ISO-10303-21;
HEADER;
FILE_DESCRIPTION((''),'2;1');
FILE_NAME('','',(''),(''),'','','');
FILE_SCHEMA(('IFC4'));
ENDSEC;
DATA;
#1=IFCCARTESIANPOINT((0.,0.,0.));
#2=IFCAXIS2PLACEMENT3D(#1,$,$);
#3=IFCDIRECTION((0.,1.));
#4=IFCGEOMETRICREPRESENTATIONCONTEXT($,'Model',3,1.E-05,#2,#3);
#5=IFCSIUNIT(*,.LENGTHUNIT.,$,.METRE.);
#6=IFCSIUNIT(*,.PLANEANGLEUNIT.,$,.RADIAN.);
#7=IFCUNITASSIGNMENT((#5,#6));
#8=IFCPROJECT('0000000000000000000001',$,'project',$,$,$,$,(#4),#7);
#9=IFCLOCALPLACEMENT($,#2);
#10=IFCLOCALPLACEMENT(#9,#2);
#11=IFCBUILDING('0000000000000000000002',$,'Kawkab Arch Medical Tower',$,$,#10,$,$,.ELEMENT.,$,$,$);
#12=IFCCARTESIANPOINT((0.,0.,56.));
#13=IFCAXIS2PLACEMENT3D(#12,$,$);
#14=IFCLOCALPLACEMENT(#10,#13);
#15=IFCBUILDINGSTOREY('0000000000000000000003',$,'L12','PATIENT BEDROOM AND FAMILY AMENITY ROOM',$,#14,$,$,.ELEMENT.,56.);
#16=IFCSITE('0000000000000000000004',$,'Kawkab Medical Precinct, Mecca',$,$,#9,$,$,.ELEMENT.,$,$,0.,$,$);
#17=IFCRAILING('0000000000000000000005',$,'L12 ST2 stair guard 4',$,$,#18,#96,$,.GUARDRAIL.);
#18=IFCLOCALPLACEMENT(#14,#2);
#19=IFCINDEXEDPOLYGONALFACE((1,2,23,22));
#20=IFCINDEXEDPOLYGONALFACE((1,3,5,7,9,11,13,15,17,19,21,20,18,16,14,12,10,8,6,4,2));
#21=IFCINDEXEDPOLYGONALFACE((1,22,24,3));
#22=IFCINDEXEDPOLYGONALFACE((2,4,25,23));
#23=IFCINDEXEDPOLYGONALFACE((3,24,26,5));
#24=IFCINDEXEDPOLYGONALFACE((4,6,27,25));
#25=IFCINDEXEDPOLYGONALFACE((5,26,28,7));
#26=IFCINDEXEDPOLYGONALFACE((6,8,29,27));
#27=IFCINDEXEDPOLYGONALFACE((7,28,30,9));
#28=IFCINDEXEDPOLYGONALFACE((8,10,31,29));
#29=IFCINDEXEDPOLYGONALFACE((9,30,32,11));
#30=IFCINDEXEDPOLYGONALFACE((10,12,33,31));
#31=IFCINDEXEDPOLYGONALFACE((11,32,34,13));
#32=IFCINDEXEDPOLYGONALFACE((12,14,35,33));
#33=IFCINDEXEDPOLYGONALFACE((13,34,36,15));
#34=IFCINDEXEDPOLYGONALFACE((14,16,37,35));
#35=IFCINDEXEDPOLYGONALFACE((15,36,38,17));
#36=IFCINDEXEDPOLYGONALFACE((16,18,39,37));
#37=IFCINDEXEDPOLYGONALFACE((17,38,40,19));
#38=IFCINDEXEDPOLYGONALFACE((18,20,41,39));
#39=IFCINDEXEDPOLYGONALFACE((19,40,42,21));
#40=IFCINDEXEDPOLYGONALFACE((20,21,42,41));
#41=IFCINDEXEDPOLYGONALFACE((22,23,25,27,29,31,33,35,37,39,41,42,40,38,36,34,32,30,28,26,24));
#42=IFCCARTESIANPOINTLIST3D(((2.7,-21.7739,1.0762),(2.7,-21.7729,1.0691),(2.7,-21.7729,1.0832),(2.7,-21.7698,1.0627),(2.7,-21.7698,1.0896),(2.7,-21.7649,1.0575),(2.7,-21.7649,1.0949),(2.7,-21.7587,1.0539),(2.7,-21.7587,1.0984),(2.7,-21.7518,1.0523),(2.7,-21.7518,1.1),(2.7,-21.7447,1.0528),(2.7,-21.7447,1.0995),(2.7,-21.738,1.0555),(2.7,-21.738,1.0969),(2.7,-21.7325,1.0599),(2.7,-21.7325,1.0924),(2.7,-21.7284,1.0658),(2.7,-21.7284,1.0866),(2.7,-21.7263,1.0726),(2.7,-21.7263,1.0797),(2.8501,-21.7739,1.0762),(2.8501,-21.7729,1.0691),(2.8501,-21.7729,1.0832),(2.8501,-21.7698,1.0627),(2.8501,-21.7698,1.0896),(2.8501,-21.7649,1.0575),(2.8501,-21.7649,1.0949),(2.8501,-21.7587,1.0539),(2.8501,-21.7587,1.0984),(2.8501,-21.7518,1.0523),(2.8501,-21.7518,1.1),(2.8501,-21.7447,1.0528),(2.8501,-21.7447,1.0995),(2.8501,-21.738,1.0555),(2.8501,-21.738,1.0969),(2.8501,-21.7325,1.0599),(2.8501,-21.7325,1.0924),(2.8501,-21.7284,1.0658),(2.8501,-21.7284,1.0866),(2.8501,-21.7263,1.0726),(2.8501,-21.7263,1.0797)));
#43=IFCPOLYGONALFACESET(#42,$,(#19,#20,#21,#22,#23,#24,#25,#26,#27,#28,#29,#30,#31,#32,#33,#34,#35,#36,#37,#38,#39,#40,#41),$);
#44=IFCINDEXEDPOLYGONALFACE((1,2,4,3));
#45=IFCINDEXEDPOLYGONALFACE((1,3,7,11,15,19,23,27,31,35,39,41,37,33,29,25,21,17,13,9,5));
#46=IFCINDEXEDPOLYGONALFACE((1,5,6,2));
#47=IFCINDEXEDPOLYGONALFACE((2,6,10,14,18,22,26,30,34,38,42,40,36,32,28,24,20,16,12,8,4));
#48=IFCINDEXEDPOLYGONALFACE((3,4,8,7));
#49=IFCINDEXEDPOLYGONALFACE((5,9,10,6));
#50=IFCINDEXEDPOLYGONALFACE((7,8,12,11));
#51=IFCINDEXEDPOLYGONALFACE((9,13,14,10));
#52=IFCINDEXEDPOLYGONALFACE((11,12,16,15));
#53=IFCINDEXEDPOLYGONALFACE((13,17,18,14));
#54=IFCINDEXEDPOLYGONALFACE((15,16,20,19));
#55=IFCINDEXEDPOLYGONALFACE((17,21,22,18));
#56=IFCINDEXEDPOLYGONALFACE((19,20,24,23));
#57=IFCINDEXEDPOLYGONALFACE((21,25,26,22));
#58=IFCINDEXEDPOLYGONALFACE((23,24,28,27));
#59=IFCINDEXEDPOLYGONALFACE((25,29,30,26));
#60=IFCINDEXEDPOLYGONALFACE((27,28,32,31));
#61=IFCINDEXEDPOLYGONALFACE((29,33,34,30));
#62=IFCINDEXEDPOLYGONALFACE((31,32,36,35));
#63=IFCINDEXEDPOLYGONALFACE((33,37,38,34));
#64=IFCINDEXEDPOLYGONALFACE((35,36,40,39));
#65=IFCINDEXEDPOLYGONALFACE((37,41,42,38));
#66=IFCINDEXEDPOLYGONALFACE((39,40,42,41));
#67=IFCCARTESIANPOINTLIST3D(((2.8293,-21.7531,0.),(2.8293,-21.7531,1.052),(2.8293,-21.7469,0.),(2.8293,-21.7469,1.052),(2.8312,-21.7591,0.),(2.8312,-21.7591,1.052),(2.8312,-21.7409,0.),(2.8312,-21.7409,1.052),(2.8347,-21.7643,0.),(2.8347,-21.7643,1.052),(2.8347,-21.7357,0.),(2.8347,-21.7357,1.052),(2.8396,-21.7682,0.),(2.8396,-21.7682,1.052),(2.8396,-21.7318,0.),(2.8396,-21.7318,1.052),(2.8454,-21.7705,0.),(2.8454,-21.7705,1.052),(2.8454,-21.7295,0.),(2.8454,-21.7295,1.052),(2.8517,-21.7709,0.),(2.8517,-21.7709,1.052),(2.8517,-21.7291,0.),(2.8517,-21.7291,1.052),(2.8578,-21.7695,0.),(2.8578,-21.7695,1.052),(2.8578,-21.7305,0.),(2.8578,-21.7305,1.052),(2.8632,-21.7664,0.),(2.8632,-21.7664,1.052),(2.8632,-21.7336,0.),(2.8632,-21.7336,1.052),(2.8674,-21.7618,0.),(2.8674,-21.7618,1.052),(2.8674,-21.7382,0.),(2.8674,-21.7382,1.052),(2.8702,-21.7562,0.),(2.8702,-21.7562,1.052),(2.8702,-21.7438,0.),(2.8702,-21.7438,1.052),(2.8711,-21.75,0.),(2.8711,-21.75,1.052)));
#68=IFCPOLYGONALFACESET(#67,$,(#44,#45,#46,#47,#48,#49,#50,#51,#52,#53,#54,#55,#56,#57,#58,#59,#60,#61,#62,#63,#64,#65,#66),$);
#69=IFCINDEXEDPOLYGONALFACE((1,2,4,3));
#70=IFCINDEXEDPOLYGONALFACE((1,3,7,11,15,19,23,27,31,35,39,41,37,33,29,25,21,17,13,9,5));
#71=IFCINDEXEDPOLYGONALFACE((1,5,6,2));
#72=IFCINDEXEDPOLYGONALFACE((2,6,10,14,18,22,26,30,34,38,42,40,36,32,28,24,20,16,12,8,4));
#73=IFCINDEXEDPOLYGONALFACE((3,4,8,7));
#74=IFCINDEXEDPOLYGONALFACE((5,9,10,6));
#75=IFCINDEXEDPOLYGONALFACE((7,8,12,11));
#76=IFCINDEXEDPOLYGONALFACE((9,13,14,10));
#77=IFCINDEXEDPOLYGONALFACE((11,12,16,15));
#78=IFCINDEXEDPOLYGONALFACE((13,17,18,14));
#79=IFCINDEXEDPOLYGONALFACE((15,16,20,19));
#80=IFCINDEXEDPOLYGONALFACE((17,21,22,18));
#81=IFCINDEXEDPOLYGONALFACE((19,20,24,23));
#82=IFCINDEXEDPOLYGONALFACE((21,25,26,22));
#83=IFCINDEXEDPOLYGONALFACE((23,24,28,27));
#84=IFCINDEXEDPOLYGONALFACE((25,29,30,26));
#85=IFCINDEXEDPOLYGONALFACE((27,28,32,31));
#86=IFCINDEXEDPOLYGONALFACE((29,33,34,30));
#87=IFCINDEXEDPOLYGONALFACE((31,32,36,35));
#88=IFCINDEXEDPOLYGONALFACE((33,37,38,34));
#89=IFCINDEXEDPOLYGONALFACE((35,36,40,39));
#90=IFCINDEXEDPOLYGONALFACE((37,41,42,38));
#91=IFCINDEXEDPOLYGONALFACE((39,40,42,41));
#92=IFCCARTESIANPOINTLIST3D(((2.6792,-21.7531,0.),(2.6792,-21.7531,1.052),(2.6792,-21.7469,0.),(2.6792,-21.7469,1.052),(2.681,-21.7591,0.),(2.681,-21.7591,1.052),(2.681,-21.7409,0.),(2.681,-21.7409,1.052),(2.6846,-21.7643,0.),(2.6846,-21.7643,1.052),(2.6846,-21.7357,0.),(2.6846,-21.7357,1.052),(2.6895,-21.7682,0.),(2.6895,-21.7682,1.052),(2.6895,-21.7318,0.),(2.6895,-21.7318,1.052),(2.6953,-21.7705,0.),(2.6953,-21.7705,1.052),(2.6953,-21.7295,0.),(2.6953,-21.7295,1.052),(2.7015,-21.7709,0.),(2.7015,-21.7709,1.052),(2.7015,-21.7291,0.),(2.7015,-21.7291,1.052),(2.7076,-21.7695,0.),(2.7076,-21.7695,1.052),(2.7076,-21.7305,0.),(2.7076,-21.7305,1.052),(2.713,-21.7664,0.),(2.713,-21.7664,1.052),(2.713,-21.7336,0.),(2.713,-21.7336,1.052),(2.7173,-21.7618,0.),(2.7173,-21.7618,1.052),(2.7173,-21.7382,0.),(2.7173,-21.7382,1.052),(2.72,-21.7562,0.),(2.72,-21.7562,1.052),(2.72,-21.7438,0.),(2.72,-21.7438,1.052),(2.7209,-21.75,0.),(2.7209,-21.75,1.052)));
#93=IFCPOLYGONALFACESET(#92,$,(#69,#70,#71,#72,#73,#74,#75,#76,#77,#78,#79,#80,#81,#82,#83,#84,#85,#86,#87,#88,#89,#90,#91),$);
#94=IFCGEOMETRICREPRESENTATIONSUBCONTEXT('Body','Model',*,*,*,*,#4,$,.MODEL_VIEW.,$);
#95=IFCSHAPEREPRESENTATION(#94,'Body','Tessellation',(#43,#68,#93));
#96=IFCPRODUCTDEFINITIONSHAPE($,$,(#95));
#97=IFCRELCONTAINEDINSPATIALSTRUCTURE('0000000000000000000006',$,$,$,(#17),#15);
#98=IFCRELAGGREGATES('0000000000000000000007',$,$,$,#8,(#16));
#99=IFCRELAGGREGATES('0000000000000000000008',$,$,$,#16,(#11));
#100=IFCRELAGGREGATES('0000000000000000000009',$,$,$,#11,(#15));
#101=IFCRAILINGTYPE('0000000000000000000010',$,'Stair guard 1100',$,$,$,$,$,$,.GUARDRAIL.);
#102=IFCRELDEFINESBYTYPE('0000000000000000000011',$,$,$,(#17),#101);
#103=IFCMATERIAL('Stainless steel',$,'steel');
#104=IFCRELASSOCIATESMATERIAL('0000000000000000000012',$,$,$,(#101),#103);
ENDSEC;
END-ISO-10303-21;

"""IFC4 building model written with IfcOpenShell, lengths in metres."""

from ifc_helpers import new_model, si_unit, direction, frame, origin, origin_2d, place, context, subcontext, project, spatial, circle, extrude, material, type_object, element, save


model = new_model("IFC4")

# Units and contexts
model_context = context("Model", 3, precision=1e-05, world=origin(), true_north=direction((0.0, 1.0)))
body_context = subcontext(model_context, "Body", "Model", "MODEL_VIEW")
ifc_project = project(units=[si_unit("LENGTHUNIT", "METRE"), si_unit("PLANEANGLEUNIT", "RADIAN")], contexts=[model_context])

# Site, building, storey
site_placement = place(None, origin())
site = spatial("IfcSite", under=ifc_project, at=site_placement, Name="Kawkab Medical Precinct, Mecca", CompositionType="ELEMENT", RefElevation=0.0)
building_placement = place(site_placement, origin())
building = spatial("IfcBuilding", under=site, at=building_placement, Name="Kawkab Arch Medical Tower", CompositionType="ELEMENT")
storey_placement = place(building_placement, frame((0.0, 0.0, 56.0)))
storey = spatial("IfcBuildingStorey", under=building, at=storey_placement, Name="L12", Description="PATIENT BEDROOM AND FAMILY AMENITY ROOM", CompositionType="ELEMENT", Elevation=56.0)

# Railing
ifc_material_1 = material(Name="Stainless steel", Category="steel")
railing_type = type_object("IfcRailingType", Name="Stair guard 1100", PredefinedType="GUARDRAIL", material=ifc_material_1)
railing_1_placement = place(storey_placement, frame((2.8501, -21.75, 0.0)))
element("IfcRailing", 1, at=railing_1_placement, inside=storey, type_object=railing_type, Name="L12 ST2 stair guard 4", PredefinedType="GUARDRAIL", context=body_context, shape_type="SweptSolid", body=[
    extrude(circle(Radius=0.0239, at=origin_2d()), frame((0.0, 0.0, 1.0762), z_axis=(-1.0, 0.0, 0.0), x_axis=(0.0, -1.0, 0.0)), (0.0, 0.0, 1.0), 0.1501),
    extrude(circle(Radius=0.021, at=origin_2d()), origin(), (0.0, 0.0, 1.0), 1.052),
    extrude(circle(Radius=0.021, at=origin_2d()), frame((-0.1501, 0.0, 0.0)), (0.0, 0.0, 1.0), 1.052),
])

save(model, "model.ifc")
